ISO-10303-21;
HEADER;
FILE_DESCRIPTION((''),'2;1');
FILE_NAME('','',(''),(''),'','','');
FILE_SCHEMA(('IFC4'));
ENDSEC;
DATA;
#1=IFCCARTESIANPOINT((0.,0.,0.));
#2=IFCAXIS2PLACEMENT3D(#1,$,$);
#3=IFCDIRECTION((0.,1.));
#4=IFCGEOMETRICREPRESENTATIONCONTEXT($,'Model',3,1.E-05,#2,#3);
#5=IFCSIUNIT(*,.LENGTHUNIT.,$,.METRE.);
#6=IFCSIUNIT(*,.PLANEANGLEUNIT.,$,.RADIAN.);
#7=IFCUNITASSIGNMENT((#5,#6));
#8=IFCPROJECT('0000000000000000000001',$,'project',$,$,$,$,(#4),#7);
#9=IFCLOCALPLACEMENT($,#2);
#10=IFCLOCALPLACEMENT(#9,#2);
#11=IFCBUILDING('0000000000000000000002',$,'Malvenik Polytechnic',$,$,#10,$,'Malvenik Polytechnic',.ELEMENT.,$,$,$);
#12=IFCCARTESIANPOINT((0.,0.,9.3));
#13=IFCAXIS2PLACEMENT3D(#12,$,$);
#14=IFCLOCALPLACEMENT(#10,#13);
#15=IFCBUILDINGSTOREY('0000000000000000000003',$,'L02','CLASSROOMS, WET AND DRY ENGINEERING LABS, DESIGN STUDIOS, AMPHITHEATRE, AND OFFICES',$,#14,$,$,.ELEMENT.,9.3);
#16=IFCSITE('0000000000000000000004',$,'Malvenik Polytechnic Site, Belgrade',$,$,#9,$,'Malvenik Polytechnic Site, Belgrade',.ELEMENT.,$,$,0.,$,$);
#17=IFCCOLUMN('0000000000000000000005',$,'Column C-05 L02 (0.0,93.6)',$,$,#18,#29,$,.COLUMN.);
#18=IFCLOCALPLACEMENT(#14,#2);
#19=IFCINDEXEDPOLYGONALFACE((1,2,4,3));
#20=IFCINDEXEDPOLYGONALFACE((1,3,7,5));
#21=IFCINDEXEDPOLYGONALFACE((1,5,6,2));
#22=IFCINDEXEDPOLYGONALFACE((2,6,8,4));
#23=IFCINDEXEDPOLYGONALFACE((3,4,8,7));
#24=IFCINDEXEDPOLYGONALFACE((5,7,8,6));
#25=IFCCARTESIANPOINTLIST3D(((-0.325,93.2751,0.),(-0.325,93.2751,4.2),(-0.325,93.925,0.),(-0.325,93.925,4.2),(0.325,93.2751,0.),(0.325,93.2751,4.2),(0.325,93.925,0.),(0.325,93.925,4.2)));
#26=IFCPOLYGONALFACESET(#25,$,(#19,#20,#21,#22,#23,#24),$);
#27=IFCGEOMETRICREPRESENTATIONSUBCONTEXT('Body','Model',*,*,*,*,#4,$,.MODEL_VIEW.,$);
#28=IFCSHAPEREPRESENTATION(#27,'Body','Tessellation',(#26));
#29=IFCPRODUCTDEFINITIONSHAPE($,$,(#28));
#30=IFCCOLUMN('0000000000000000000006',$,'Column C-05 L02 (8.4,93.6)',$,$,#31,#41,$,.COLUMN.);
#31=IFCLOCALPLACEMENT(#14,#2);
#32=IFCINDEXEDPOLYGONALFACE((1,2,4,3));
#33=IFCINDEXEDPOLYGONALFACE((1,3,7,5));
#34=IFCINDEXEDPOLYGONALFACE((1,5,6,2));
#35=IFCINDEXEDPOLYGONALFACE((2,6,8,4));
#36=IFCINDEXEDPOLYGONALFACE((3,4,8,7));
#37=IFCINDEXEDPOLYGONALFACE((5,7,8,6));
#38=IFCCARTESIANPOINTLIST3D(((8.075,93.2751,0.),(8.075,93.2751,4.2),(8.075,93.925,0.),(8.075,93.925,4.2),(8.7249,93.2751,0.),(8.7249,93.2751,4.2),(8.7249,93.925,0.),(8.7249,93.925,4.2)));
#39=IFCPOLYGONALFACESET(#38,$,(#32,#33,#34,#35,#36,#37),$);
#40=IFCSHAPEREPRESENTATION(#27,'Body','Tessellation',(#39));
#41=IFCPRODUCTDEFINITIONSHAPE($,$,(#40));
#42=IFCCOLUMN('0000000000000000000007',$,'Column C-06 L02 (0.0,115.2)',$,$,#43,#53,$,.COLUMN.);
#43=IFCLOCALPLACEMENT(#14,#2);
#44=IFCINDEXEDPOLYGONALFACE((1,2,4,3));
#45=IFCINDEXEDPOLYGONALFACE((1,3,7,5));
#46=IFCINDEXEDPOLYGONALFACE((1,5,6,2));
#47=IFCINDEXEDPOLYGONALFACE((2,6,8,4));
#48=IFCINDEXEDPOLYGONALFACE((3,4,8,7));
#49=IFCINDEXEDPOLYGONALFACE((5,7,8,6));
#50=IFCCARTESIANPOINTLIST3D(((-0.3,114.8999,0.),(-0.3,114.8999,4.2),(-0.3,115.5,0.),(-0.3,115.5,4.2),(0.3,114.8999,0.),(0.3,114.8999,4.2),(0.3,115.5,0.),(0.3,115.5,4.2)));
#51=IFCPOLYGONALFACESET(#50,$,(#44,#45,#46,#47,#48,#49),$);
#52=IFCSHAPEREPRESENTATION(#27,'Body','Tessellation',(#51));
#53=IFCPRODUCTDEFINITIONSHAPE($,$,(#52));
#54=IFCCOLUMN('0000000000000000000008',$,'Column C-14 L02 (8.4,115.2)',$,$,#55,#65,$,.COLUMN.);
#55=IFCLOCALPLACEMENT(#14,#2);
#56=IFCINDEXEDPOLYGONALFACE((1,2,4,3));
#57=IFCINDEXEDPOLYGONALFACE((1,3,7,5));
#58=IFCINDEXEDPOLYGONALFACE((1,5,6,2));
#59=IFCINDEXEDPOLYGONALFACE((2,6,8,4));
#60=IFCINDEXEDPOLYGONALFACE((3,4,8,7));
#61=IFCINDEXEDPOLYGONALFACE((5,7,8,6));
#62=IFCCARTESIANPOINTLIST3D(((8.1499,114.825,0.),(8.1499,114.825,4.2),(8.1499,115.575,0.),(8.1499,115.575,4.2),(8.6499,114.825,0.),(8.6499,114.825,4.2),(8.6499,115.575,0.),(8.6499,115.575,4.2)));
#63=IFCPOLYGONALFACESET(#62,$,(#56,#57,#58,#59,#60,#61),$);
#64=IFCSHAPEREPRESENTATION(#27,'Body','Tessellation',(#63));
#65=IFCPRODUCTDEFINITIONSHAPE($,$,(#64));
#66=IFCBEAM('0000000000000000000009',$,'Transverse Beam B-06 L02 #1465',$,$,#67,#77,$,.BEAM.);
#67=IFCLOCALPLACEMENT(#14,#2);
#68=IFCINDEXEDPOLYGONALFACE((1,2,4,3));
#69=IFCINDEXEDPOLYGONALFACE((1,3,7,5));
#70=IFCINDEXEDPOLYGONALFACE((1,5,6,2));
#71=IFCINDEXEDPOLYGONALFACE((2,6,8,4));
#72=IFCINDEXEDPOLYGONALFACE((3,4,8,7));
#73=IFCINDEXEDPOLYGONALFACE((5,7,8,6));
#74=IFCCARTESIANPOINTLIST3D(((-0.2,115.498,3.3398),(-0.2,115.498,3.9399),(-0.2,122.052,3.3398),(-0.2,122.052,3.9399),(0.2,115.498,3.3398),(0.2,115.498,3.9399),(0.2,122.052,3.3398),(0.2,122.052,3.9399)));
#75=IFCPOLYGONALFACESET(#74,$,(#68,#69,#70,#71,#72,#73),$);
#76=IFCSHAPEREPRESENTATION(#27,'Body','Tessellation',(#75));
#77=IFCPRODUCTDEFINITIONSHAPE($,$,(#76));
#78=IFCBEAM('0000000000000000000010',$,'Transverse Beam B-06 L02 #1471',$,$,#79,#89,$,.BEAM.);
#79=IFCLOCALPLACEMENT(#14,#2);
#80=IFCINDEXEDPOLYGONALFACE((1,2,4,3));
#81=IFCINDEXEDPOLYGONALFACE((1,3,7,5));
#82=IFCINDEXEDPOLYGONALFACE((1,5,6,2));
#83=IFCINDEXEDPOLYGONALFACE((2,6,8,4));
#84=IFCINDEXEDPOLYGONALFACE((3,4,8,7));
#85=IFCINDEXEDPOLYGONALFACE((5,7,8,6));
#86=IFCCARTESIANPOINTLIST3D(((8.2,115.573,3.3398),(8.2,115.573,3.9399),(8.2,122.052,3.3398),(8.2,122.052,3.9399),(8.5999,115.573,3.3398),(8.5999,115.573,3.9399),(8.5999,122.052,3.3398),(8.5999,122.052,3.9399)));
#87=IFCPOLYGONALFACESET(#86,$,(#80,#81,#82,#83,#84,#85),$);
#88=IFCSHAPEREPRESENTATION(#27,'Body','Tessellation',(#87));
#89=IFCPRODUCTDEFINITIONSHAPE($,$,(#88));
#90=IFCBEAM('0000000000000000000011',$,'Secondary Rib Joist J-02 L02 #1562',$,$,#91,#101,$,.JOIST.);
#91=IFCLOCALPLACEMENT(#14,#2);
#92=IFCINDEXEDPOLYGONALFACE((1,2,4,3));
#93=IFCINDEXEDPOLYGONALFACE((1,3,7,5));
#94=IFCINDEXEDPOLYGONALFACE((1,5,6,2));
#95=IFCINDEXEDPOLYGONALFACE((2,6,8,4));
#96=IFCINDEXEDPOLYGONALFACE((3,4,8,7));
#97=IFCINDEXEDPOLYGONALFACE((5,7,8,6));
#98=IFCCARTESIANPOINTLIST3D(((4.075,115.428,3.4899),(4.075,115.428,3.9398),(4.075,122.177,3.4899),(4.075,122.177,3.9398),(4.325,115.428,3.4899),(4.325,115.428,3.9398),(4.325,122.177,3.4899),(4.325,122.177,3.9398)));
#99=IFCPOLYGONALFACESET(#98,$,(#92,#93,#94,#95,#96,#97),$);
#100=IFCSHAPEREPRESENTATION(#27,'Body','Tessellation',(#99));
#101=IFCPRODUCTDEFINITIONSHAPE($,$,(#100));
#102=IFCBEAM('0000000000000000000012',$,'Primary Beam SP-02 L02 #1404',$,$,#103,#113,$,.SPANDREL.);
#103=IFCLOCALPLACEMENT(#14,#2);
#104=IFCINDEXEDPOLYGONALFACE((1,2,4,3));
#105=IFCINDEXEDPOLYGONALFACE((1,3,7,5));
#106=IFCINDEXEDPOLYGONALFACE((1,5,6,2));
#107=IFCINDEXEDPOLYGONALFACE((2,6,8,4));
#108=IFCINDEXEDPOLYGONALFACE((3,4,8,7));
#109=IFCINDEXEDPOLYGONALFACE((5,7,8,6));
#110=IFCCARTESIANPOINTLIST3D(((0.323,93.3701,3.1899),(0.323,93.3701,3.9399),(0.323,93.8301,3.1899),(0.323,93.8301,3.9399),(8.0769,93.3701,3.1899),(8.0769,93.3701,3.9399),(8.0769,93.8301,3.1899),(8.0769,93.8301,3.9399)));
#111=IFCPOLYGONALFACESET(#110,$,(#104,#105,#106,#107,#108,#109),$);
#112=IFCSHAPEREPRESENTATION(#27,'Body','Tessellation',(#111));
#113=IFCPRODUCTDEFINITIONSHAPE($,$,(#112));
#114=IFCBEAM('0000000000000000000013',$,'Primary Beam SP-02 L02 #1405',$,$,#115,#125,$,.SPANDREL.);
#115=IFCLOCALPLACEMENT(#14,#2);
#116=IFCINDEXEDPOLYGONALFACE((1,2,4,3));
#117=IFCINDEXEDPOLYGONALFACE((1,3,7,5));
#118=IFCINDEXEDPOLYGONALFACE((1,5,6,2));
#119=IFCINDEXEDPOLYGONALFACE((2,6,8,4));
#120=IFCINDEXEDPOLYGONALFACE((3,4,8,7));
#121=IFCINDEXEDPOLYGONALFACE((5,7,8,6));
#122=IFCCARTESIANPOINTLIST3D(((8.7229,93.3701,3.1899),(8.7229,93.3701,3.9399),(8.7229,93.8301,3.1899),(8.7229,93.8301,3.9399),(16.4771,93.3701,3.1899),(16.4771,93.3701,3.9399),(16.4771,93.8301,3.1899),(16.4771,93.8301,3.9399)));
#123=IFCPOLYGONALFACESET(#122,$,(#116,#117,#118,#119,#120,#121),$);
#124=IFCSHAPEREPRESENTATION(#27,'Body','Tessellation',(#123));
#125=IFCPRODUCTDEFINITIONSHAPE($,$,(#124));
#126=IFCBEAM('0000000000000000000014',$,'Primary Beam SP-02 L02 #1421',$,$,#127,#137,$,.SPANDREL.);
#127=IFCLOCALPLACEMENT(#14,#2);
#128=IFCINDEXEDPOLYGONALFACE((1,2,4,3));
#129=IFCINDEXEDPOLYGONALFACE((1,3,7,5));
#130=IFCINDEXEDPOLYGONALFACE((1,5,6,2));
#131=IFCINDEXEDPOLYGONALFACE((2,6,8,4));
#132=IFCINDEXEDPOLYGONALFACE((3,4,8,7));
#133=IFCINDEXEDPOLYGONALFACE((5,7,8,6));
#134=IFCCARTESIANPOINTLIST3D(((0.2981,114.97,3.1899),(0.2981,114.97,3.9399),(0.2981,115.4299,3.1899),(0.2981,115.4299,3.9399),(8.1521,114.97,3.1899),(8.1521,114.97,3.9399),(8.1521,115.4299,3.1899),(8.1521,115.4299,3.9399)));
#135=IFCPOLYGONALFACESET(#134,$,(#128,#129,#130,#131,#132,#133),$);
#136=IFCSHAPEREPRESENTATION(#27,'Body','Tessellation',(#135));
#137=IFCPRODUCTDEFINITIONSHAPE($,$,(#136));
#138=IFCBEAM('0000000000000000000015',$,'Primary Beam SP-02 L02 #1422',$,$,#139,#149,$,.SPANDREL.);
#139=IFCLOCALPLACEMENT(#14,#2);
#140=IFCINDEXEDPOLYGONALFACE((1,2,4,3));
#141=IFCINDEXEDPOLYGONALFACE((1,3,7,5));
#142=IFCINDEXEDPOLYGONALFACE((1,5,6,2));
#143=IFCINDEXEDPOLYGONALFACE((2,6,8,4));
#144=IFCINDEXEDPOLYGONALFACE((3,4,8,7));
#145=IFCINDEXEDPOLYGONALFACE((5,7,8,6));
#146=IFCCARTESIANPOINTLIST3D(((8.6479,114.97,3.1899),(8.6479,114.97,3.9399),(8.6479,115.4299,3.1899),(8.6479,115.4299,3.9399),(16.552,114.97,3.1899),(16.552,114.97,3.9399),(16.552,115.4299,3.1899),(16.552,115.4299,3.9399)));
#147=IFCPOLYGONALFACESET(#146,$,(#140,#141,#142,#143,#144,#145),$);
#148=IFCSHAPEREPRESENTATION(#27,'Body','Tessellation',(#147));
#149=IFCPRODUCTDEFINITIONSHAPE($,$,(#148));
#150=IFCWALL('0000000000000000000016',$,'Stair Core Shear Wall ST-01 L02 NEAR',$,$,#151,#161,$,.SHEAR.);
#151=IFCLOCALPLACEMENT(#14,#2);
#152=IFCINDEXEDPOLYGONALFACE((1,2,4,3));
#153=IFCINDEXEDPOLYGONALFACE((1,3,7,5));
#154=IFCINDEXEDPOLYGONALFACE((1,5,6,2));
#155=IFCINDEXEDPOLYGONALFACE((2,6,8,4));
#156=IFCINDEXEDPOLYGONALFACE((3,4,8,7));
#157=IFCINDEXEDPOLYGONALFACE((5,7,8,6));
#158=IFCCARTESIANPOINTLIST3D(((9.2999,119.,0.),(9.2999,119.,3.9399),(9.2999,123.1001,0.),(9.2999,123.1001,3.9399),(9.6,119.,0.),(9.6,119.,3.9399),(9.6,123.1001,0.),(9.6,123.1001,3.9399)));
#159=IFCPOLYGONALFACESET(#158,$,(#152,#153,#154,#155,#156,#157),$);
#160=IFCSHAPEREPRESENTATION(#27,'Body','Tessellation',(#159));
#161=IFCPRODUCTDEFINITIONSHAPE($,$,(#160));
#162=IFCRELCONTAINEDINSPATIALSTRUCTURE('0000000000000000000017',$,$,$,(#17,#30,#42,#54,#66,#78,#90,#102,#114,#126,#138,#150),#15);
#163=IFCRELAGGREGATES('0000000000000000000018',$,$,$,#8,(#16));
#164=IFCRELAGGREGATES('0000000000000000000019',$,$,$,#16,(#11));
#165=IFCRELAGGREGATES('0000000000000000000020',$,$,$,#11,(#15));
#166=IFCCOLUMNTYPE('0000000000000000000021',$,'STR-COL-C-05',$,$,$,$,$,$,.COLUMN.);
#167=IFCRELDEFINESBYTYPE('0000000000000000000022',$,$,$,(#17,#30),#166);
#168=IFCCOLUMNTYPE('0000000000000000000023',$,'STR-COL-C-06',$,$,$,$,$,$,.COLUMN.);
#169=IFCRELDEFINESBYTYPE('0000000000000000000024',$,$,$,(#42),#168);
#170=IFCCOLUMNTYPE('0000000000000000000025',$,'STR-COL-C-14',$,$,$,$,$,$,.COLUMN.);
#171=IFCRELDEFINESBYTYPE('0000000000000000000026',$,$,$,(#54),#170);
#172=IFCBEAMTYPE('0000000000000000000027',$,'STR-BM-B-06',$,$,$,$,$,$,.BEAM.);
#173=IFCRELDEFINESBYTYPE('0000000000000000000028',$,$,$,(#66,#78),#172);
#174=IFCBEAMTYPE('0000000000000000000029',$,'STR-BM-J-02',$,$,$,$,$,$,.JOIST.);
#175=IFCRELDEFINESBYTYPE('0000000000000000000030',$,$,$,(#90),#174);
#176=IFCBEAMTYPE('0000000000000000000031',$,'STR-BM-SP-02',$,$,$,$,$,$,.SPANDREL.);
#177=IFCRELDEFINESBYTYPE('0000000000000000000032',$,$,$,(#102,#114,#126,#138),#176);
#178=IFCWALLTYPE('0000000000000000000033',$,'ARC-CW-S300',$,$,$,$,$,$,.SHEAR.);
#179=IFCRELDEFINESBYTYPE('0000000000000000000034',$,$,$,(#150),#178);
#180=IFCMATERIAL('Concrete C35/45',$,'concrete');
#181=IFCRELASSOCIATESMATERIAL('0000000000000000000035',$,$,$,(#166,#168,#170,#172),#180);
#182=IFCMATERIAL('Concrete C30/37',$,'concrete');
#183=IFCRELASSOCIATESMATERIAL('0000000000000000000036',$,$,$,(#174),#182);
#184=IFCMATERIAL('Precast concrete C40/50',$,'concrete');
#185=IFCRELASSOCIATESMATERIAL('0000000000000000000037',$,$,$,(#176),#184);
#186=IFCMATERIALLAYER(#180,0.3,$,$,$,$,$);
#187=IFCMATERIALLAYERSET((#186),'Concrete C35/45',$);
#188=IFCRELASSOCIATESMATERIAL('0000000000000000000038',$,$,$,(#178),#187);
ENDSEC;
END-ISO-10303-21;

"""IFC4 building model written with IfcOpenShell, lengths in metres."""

from ifc_helpers import new_model, si_unit, direction, frame, frame_2d, origin, origin_2d, place, context, subcontext, project, spatial, rectangle, extrude, material, layer, layer_set, material_profile, profile_set, type_object, element, save


model = new_model("IFC4")

# Units and contexts
model_context = context("Model", 3, precision=1e-05, world=origin(), true_north=direction((0.0, 1.0)))
body_context = subcontext(model_context, "Body", "Model", "MODEL_VIEW")
ifc_project = project(units=[si_unit("LENGTHUNIT", "METRE"), si_unit("PLANEANGLEUNIT", "RADIAN")], contexts=[model_context])

# Site, building, storey
site_placement = place(None, origin())
site = spatial("IfcSite", under=ifc_project, at=site_placement, Name="Malvenik Polytechnic Site, Belgrade", LongName="Malvenik Polytechnic Site, Belgrade", CompositionType="ELEMENT", RefElevation=0.0)
building_placement = place(site_placement, origin())
building = spatial("IfcBuilding", under=site, at=building_placement, Name="Malvenik Polytechnic", LongName="Malvenik Polytechnic", CompositionType="ELEMENT")
storey_placement = place(building_placement, frame((0.0, 0.0, 9.3)))
storey = spatial("IfcBuildingStorey", under=building, at=storey_placement, Name="L02", Description="CLASSROOMS, WET AND DRY ENGINEERING LABS, DESIGN STUDIOS, AMPHITHEATRE, AND OFFICES", CompositionType="ELEMENT", Elevation=9.3)

# Columns
ifc_material_1 = material(Name="Concrete C35/45", Category="concrete")
ifc_material_profile_1 = material_profile(ifc_material_1, rectangle(XDim=0.6499, YDim=0.6499, at=origin_2d()), Name="RC COL 650x650")
ifc_profile_set_1 = profile_set([ifc_material_profile_1], Name="Concrete C35/45")
column_type_1 = type_object("IfcColumnType", Name="STR-COL-C-05", PredefinedType="COLUMN", material=ifc_profile_set_1)
for number, where, z_axis, x_axis, name in (
    (1, (0.0, 93.6001, 0.0), (0.0, 0.0, 1.0), (1.0, 0.0, 0.0), "Column C-05 L02 (0.0,93.6)"),
    (2, (8.3999, 93.6001, 0.0), (0.0, 0.0, 1.0), (1.0, 0.0, 0.0), "Column C-05 L02 (8.4,93.6)"),
):
    element("IfcColumn", number, at=place(storey_placement, frame(where, z_axis=z_axis, x_axis=x_axis)), inside=storey, type_object=column_type_1, Name=name, PredefinedType="COLUMN", context=body_context, shape_type="SweptSolid", body=[
        extrude(rectangle(XDim=0.6499, YDim=0.6499, at=origin_2d()), origin(), (0.0, 0.0, 1.0), 4.2),
    ])
ifc_material_profile_2 = material_profile(ifc_material_1, rectangle(XDim=0.6001, YDim=0.6001, at=origin_2d()), Name="RC COL 600x600")
ifc_profile_set_2 = profile_set([ifc_material_profile_2], Name="Concrete C35/45")
column_type_2 = type_object("IfcColumnType", Name="STR-COL-C-06", PredefinedType="COLUMN", material=ifc_profile_set_2)
column_1_placement = place(storey_placement, frame((0.0, 115.2, 0.0), z_axis=(0.0, 0.0, 1.0), x_axis=(1.0, 0.0, 0.0)))
element("IfcColumn", 3, at=column_1_placement, inside=storey, type_object=column_type_2, Name="Column C-06 L02 (0.0,115.2)", PredefinedType="COLUMN", context=body_context, shape_type="SweptSolid", body=[
    extrude(rectangle(XDim=0.6001, YDim=0.6001, at=origin_2d()), origin(), (0.0, 0.0, 1.0), 4.2),
])
ifc_material_profile_3 = material_profile(ifc_material_1, rectangle(XDim=0.5, YDim=0.75, at=origin_2d()), Name="RC COL 750x500")
ifc_profile_set_3 = profile_set([ifc_material_profile_3], Name="Concrete C35/45")
column_type_3 = type_object("IfcColumnType", Name="STR-COL-C-14", PredefinedType="COLUMN", material=ifc_profile_set_3)
column_2_placement = place(storey_placement, frame((8.3999, 115.2, 0.0), z_axis=(0.0, 0.0, 1.0), x_axis=(1.0, 0.0, 0.0)))
element("IfcColumn", 4, at=column_2_placement, inside=storey, type_object=column_type_3, Name="Column C-14 L02 (8.4,115.2)", PredefinedType="COLUMN", context=body_context, shape_type="SweptSolid", body=[
    extrude(rectangle(XDim=0.5, YDim=0.75, at=origin_2d()), origin(), (0.0, 0.0, 1.0), 4.2),
])

# Beams
ifc_material_profile_4 = material_profile(ifc_material_1, rectangle(XDim=0.3999, YDim=0.6001, at=origin_2d()), Name="RC BM 400x600")
ifc_profile_set_4 = profile_set([ifc_material_profile_4], Name="Concrete C35/45")
beam_type_1 = type_object("IfcBeamType", Name="STR-BM-B-06", PredefinedType="BEAM", material=ifc_profile_set_4)
beam_1_placement = place(storey_placement, frame((0.0, 115.498, 3.6399), z_axis=(0.0, 1.0, 0.0), x_axis=(-1.0, 0.0, 0.0)))
element("IfcBeam", 5, at=beam_1_placement, inside=storey, type_object=beam_type_1, Name="Transverse Beam B-06 L02 #1465", PredefinedType="BEAM", context=body_context, shape_type="SweptSolid", body=[
    extrude(rectangle(XDim=0.3999, YDim=0.6001, at=origin_2d()), origin(), (0.0, 0.0, 1.0), 6.554),
])
beam_2_placement = place(storey_placement, frame((8.3999, 115.573, 3.6399), z_axis=(0.0, 1.0, 0.0), x_axis=(-1.0, 0.0, 0.0)))
element("IfcBeam", 6, at=beam_2_placement, inside=storey, type_object=beam_type_1, Name="Transverse Beam B-06 L02 #1471", PredefinedType="BEAM", context=body_context, shape_type="SweptSolid", body=[
    extrude(rectangle(XDim=0.3999, YDim=0.6001, at=origin_2d()), origin(), (0.0, 0.0, 1.0), 6.479),
])
ifc_material_2 = material(Name="Concrete C30/37", Category="concrete")
ifc_material_profile_5 = material_profile(ifc_material_2, rectangle(XDim=0.25, YDim=0.45, at=origin_2d()), Name="RC JST 250x450")
ifc_profile_set_5 = profile_set([ifc_material_profile_5], Name="Concrete C30/37")
beam_type_2 = type_object("IfcBeamType", Name="STR-BM-J-02", PredefinedType="JOIST", material=ifc_profile_set_5)
beam_3_placement = place(storey_placement, frame((4.2, 115.428, 3.7148), z_axis=(0.0, 1.0, 0.0), x_axis=(-1.0, 0.0, 0.0)))
element("IfcBeam", 7, at=beam_3_placement, inside=storey, type_object=beam_type_2, Name="Secondary Rib Joist J-02 L02 #1562", PredefinedType="JOIST", context=body_context, shape_type="SweptSolid", body=[
    extrude(rectangle(XDim=0.25, YDim=0.45, at=origin_2d()), origin(), (0.0, 0.0, 1.0), 6.749),
])
ifc_material_3 = material(Name="Precast concrete C40/50", Category="concrete")
ifc_material_profile_6 = material_profile(ifc_material_3, rectangle(XDim=0.46, YDim=0.75, at=origin_2d()), Name="PC SPN 460x750")
ifc_profile_set_6 = profile_set([ifc_material_profile_6], Name="Precast concrete C40/50")
beam_type_3 = type_object("IfcBeamType", Name="STR-BM-SP-02", PredefinedType="SPANDREL", material=ifc_profile_set_6)
beam_4_placement = place(storey_placement, frame((0.323, 93.6001, 3.5649), z_axis=(1.0, 0.0, 0.0), x_axis=(0.0, 1.0, 0.0)))
element("IfcBeam", 8, at=beam_4_placement, inside=storey, type_object=beam_type_3, Name="Primary Beam SP-02 L02 #1404", PredefinedType="SPANDREL", context=body_context, shape_type="SweptSolid", body=[
    extrude(rectangle(XDim=0.46, YDim=0.75, at=origin_2d()), origin(), (0.0, 0.0, 1.0), 7.7539),
])
beam_5_placement = place(storey_placement, frame((8.7229, 93.6001, 3.5649), z_axis=(1.0, 0.0, 0.0), x_axis=(0.0, 1.0, 0.0)))
element("IfcBeam", 9, at=beam_5_placement, inside=storey, type_object=beam_type_3, Name="Primary Beam SP-02 L02 #1405", PredefinedType="SPANDREL", context=body_context, shape_type="SweptSolid", body=[
    extrude(rectangle(XDim=0.46, YDim=0.75, at=origin_2d()), origin(), (0.0, 0.0, 1.0), 7.7542),
])
beam_6_placement = place(storey_placement, frame((0.2981, 115.2, 3.5649), z_axis=(1.0, 0.0, 0.0), x_axis=(0.0, 1.0, 0.0)))
element("IfcBeam", 10, at=beam_6_placement, inside=storey, type_object=beam_type_3, Name="Primary Beam SP-02 L02 #1421", PredefinedType="SPANDREL", context=body_context, shape_type="SweptSolid", body=[
    extrude(rectangle(XDim=0.46, YDim=0.75, at=origin_2d()), origin(), (0.0, 0.0, 1.0), 7.854),
])
beam_7_placement = place(storey_placement, frame((8.6479, 115.2, 3.5649), z_axis=(1.0, 0.0, 0.0), x_axis=(0.0, 1.0, 0.0)))
element("IfcBeam", 11, at=beam_7_placement, inside=storey, type_object=beam_type_3, Name="Primary Beam SP-02 L02 #1422", PredefinedType="SPANDREL", context=body_context, shape_type="SweptSolid", body=[
    extrude(rectangle(XDim=0.46, YDim=0.75, at=origin_2d()), origin(), (0.0, 0.0, 1.0), 7.9041),
])

# Wall
ifc_layer_1 = layer(ifc_material_1, 0.3)
ifc_layer_set_1 = layer_set([ifc_layer_1], Name="Concrete C35/45")
wall_type_1 = type_object("IfcWallType", Name="ARC-CW-S300", PredefinedType="SHEAR", material=ifc_layer_set_1)
wall_1_placement = place(storey_placement, frame((9.45, 119.0, 0.0), z_axis=(0.0, 0.0, 1.0), x_axis=(0.0, 1.0, 0.0)))
element("IfcWall", 12, at=wall_1_placement, inside=storey, type_object=wall_type_1, Name="Stair Core Shear Wall ST-01 L02 NEAR", PredefinedType="SHEAR", context=body_context, shape_type="SweptSolid", body=[
    extrude(rectangle(XDim=4.1001, YDim=0.3, at=frame_2d((2.05, 0.0))), origin(), (0.0, 0.0, 1.0), 3.9399),
])

save(model, "model.ifc")
